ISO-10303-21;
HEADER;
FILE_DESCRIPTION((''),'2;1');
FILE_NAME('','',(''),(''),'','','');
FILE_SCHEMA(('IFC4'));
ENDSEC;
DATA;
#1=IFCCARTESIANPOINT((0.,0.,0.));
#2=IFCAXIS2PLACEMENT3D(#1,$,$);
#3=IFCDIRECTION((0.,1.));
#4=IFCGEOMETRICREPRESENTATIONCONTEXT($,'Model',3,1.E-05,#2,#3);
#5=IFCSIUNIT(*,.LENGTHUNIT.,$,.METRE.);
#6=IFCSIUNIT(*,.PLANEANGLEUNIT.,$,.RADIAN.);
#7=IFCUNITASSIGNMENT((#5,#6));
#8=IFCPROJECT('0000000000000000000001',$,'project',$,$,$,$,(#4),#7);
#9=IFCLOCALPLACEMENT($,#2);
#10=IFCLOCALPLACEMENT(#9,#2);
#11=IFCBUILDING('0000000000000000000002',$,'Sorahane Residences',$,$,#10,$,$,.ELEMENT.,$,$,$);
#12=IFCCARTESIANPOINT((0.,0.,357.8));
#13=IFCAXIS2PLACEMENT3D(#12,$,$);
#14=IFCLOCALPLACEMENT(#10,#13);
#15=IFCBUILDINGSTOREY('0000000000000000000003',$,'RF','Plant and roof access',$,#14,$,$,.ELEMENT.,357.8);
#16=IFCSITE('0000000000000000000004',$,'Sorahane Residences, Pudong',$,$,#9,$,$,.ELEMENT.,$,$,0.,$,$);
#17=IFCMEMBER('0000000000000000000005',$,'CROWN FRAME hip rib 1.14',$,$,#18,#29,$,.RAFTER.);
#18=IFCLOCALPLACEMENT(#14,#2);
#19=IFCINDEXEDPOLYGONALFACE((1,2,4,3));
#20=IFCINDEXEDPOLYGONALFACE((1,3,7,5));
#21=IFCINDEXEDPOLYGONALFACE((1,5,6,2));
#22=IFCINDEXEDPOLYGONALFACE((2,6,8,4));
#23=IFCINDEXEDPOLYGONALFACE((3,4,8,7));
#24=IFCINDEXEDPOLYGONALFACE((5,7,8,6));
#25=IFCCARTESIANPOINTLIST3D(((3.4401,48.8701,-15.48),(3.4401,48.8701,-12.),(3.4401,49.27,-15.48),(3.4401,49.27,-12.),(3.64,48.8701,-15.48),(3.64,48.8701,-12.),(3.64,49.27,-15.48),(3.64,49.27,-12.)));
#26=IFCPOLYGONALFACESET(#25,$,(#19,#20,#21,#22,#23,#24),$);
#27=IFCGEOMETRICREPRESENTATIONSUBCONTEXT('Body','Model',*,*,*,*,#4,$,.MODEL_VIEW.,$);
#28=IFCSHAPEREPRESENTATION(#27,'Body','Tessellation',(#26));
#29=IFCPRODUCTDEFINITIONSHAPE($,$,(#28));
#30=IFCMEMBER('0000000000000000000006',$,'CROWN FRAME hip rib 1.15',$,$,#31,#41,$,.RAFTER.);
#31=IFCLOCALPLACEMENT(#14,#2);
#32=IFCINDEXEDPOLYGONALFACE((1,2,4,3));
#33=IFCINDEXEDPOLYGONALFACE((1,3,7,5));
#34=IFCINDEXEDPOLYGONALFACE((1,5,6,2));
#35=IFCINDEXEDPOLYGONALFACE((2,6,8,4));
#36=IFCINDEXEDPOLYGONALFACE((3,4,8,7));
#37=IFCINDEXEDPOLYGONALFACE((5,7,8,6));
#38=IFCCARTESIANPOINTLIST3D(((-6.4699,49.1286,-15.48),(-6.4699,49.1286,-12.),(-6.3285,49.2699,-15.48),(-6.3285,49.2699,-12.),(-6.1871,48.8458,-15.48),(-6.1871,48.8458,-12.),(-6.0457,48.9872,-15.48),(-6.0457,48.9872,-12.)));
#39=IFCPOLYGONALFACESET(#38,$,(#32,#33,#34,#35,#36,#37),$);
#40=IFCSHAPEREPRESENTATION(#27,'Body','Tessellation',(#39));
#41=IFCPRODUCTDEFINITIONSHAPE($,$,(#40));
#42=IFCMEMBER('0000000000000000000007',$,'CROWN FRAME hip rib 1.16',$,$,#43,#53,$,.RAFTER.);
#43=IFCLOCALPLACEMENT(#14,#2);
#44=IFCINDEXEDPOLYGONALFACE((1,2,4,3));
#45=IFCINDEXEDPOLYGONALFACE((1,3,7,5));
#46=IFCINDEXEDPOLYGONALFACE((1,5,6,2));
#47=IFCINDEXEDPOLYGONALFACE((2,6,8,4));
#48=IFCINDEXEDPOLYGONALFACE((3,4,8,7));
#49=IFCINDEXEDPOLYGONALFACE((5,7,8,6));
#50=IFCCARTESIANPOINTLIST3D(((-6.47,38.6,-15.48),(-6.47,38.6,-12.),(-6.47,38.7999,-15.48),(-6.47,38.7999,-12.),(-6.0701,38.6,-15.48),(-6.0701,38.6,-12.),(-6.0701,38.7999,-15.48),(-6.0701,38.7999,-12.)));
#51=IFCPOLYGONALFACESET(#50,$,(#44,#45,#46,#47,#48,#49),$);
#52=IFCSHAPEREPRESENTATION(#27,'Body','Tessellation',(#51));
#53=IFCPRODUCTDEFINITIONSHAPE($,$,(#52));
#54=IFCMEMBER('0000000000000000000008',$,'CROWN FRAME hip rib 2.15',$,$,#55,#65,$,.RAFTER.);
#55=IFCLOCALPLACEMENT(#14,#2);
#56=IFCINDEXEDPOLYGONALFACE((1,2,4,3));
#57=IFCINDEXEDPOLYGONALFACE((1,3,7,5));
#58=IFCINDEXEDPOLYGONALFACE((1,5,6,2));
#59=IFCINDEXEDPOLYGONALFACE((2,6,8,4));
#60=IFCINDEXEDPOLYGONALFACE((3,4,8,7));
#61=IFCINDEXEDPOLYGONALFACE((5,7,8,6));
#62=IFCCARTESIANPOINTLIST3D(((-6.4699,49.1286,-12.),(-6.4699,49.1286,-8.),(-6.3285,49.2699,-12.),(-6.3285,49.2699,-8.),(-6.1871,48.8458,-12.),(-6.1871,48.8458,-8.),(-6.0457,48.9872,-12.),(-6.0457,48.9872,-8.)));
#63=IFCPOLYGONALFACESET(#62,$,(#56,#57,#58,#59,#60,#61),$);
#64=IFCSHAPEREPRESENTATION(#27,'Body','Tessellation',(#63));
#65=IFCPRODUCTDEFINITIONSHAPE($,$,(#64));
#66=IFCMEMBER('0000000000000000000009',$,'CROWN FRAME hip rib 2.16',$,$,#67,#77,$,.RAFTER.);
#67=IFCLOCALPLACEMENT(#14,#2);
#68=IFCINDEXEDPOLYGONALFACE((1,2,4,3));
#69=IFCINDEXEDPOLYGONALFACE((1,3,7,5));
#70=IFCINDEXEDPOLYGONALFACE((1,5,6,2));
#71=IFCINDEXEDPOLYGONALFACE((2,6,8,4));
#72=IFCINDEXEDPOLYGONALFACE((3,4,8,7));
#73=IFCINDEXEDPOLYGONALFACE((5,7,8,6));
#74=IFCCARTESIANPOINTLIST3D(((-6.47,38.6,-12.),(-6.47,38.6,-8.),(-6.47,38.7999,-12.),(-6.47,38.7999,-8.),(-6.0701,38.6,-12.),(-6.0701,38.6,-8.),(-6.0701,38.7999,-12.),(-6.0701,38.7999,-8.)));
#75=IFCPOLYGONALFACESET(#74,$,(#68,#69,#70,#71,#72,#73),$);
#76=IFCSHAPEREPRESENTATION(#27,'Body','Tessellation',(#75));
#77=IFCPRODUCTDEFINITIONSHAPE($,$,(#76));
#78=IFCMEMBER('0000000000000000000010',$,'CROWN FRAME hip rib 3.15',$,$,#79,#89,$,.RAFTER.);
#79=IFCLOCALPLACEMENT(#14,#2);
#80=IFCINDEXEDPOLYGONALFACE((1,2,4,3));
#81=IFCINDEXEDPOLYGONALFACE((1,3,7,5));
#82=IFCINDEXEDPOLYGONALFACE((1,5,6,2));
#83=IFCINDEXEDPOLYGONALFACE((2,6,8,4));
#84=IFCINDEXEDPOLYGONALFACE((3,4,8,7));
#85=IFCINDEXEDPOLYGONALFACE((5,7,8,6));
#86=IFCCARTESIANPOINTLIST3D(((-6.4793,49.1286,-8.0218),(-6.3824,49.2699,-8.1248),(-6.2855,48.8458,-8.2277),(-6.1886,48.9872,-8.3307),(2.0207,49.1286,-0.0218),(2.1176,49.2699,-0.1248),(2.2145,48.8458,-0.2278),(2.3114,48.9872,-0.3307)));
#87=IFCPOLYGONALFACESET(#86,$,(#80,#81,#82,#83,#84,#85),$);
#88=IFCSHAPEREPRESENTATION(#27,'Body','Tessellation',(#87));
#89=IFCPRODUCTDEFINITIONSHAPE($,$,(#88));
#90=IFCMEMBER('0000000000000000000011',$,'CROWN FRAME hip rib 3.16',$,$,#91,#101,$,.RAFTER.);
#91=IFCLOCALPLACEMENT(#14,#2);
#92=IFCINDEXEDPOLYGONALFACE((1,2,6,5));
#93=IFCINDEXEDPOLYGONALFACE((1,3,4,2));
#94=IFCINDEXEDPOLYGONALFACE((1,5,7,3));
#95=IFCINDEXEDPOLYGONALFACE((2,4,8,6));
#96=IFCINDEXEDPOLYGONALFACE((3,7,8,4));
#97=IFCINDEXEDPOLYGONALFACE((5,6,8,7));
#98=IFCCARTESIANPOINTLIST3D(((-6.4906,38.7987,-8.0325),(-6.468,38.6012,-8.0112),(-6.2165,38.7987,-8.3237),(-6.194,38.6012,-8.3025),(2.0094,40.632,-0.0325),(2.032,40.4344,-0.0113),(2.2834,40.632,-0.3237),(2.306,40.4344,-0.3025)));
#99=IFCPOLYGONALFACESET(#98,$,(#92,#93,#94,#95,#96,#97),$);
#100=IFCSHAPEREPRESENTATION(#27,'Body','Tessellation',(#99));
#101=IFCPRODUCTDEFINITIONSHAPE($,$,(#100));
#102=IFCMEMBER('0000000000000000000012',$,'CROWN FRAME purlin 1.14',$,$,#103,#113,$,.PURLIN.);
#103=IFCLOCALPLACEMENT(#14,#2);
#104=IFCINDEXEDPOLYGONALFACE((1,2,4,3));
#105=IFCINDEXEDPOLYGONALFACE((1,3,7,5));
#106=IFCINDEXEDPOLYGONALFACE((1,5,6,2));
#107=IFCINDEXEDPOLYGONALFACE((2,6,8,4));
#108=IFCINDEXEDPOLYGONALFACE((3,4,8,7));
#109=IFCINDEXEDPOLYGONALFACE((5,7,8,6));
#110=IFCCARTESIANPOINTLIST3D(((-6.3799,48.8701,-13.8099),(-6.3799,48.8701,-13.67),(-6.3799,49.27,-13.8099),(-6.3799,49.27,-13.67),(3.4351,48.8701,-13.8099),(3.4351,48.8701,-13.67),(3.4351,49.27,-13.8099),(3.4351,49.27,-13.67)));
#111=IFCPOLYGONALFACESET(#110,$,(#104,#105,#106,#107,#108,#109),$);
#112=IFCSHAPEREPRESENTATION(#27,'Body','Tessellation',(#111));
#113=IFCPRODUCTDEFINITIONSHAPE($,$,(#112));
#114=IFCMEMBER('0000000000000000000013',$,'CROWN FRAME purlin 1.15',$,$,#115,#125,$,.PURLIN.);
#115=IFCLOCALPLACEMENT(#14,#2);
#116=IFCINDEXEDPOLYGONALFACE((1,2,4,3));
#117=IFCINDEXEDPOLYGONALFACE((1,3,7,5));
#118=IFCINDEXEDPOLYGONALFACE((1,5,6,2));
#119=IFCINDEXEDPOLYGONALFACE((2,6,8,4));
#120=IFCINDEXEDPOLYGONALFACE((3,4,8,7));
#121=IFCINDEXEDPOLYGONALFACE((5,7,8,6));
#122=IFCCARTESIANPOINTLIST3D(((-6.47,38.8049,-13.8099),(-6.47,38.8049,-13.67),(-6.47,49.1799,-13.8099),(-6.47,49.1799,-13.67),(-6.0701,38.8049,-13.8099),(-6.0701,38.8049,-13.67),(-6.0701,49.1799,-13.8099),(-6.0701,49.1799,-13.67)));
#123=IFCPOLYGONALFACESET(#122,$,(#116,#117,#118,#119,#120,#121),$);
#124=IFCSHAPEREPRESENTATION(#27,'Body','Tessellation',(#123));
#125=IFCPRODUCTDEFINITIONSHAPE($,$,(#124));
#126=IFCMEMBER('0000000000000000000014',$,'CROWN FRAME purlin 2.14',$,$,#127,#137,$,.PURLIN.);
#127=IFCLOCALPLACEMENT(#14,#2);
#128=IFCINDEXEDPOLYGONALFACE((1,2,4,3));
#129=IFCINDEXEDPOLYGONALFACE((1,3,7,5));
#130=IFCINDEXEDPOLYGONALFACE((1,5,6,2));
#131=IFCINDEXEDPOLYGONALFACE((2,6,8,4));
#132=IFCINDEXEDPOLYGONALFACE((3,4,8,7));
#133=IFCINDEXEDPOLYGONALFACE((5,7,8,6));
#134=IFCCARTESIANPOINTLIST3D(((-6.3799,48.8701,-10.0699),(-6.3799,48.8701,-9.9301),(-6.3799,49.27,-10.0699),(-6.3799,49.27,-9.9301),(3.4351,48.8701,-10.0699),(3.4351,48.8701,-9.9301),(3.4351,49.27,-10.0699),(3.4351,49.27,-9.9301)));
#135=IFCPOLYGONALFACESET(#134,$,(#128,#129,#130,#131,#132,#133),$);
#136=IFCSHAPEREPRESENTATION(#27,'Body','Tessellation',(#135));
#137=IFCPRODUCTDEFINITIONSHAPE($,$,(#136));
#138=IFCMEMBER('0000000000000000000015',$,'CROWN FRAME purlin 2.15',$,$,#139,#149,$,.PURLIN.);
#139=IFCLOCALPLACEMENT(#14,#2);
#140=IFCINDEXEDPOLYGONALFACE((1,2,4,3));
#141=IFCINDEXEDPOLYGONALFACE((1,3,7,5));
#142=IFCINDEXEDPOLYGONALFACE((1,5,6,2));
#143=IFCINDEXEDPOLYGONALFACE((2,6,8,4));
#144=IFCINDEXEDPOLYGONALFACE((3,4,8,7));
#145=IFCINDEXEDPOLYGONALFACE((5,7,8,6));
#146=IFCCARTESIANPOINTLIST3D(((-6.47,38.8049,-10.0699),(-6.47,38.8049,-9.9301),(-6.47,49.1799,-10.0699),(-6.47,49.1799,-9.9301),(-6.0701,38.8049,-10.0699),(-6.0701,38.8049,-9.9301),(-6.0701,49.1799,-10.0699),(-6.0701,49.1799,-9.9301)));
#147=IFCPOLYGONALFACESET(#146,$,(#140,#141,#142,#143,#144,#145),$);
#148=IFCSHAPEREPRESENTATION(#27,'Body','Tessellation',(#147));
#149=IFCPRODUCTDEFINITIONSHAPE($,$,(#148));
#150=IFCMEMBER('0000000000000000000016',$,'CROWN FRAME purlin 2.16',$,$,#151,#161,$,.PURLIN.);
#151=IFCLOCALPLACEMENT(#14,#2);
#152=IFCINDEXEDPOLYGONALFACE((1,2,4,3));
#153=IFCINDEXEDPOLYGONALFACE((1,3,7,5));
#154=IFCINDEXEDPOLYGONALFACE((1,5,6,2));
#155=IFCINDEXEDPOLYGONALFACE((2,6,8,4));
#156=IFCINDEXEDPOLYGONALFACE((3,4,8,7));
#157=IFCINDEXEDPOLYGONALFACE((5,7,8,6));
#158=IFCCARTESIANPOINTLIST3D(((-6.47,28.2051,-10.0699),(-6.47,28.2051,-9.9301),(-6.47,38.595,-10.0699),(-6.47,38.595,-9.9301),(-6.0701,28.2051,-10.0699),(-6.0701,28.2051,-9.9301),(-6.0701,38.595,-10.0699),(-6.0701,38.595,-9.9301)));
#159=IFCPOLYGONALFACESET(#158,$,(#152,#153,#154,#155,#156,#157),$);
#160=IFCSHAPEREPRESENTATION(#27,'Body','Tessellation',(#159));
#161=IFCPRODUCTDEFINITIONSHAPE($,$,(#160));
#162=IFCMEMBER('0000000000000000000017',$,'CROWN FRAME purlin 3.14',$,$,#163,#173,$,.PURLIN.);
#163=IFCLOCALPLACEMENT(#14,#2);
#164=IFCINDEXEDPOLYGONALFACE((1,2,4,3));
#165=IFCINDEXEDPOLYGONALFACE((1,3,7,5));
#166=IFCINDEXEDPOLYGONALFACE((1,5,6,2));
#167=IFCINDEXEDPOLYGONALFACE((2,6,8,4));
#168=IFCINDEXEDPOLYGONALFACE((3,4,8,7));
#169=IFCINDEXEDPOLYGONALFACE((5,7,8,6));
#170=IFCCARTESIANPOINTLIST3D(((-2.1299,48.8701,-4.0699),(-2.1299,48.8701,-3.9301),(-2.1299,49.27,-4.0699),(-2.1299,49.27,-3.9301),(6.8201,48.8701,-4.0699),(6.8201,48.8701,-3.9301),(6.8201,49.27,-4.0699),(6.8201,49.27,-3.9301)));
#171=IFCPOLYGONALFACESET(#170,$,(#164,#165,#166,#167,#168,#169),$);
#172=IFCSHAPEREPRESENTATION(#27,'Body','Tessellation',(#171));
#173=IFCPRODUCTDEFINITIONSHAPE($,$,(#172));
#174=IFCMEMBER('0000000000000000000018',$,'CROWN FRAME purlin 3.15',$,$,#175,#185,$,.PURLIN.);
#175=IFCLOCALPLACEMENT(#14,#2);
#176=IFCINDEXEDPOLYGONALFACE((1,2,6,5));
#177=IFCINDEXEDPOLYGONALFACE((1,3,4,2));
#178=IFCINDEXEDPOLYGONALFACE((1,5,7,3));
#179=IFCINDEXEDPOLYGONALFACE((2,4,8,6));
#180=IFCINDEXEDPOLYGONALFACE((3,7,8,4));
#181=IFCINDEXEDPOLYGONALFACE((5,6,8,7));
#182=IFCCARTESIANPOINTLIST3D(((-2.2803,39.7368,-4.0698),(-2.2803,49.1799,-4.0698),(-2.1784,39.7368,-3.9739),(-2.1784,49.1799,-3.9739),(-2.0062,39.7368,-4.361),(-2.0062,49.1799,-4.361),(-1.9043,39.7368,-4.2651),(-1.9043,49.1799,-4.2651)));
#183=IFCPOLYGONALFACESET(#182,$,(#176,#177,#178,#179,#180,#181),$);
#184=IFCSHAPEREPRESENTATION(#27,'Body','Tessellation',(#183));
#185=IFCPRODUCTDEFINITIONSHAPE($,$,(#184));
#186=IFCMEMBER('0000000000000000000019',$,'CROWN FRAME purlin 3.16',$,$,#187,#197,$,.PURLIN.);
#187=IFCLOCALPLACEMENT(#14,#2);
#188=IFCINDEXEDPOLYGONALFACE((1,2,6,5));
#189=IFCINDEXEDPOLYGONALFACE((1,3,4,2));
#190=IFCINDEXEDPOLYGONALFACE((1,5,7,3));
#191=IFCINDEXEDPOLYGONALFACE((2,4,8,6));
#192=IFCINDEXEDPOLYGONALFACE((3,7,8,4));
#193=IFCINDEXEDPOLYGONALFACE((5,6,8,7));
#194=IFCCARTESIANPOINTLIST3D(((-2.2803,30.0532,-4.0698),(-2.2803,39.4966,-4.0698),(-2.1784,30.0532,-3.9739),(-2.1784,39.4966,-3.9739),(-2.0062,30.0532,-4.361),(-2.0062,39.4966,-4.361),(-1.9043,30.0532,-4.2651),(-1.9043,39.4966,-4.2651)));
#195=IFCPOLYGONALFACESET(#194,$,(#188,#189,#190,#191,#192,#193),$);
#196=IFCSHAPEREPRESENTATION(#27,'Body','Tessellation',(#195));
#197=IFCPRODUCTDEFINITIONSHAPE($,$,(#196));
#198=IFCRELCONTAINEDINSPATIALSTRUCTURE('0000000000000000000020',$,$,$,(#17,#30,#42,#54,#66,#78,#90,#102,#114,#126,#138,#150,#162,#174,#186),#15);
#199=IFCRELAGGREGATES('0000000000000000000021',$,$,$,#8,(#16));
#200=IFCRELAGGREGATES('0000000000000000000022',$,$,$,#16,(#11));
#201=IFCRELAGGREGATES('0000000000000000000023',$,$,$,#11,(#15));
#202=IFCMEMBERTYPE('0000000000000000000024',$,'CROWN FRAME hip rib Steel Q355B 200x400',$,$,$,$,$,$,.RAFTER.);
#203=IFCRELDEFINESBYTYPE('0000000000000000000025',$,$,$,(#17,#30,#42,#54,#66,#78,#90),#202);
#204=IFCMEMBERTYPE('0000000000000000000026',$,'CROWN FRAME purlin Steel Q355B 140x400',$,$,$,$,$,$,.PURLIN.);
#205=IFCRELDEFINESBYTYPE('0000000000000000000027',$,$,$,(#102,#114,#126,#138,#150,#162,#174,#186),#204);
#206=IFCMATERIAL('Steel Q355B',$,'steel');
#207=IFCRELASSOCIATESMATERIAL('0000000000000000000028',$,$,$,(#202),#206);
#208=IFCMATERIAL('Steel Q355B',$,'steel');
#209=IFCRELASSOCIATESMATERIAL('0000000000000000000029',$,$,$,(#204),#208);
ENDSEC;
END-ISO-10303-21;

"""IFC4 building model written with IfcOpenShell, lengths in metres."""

from ifc_helpers import new_model, si_unit, direction, frame, origin, origin_2d, place, context, subcontext, project, spatial, rectangle, extrude, material, material_profile, profile_set, type_object, element, save


model = new_model("IFC4")

# Units and contexts
model_context = context("Model", 3, precision=1e-05, world=origin(), true_north=direction((0.0, 1.0)))
body_context = subcontext(model_context, "Body", "Model", "MODEL_VIEW")
ifc_project = project(units=[si_unit("LENGTHUNIT", "METRE"), si_unit("PLANEANGLEUNIT", "RADIAN")], contexts=[model_context])

# Site, building, storey
site_placement = place(None, origin())
site = spatial("IfcSite", under=ifc_project, at=site_placement, Name="Sorahane Residences, Pudong", CompositionType="ELEMENT", RefElevation=0.0)
building_placement = place(site_placement, origin())
building = spatial("IfcBuilding", under=site, at=building_placement, Name="Sorahane Residences", CompositionType="ELEMENT")
storey_placement = place(building_placement, frame((0.0, 0.0, 357.8)))
storey = spatial("IfcBuildingStorey", under=building, at=storey_placement, Name="RF", Description="Plant and roof access", CompositionType="ELEMENT", Elevation=357.8)

# Members
ifc_material_1 = material(Name="Steel Q355B", Category="steel")
ifc_material_profile_1 = material_profile(ifc_material_1, rectangle(XDim=0.2, YDim=0.3999, at=origin_2d()), Name="CROWN FRAME hip rib Steel Q355B 200x400")
ifc_profile_set_1 = profile_set([ifc_material_profile_1], Name="Steel Q355B")
member_type_1 = type_object("IfcMemberType", Name="CROWN FRAME hip rib Steel Q355B 200x400", PredefinedType="RAFTER", material=ifc_profile_set_1)
for number, where, z_axis, x_axis, name in (
    (1, (3.54, 49.0701, -15.48), (0.0, 0.0, 1.0), (1.0, 0.0, 0.0), "CROWN FRAME hip rib 1.14"),
    (2, (-6.2578, 49.0579, -15.48), (0.0, 0.0, 1.0), (0.707107, 0.707107, 0.0), "CROWN FRAME hip rib 1.15"),
    (3, (-6.27, 38.7, -15.48), (0.0, 0.0, 1.0), (0.0, 1.0, 0.0), "CROWN FRAME hip rib 1.16"),
):
    element("IfcMember", number, at=place(storey_placement, frame(where, z_axis=z_axis, x_axis=x_axis)), inside=storey, type_object=member_type_1, Name=name, PredefinedType="RAFTER", context=body_context, shape_type="SweptSolid", body=[
        extrude(rectangle(XDim=0.2, YDim=0.3999, at=origin_2d()), origin(), (0.0, 0.0, 1.0), 3.48),
    ])
for number, where, z_axis, x_axis, name in (
    (4, (-6.2578, 49.0579, -12.0), (0.0, 0.0, 1.0), (0.707107, 0.707107, 0.0), "CROWN FRAME hip rib 2.15"),
    (5, (-6.27, 38.7, -12.0), (0.0, 0.0, 1.0), (0.0, 1.0, 0.0), "CROWN FRAME hip rib 2.16"),
):
    element("IfcMember", number, at=place(storey_placement, frame(where, z_axis=z_axis, x_axis=x_axis)), inside=storey, type_object=member_type_1, Name=name, PredefinedType="RAFTER", context=body_context, shape_type="SweptSolid", body=[
        extrude(rectangle(XDim=0.2, YDim=0.3999, at=origin_2d()), origin(), (0.0, 0.0, 1.0), 4.0),
    ])
member_1_placement = place(storey_placement, frame((-6.334, 49.0579, -8.1763), z_axis=(0.7282, 0.0, 0.685365), x_axis=(0.484626, 0.707107, -0.514915)))
element("IfcMember", 6, at=member_1_placement, inside=storey, type_object=member_type_1, Name="CROWN FRAME hip rib 3.15", PredefinedType="RAFTER", context=body_context, shape_type="SweptSolid", body=[
    extrude(rectangle(XDim=0.2, YDim=0.3999, at=origin_2d()), origin(), (0.0, 0.0, 1.0), 11.6726),
])
member_2_placement = place(storey_placement, frame((-6.3423, 38.7, -8.1675), z_axis=(0.719382, 0.155154, 0.677065), x_axis=(-0.112979, 0.98789, -0.106342)))
element("IfcMember", 7, at=member_2_placement, inside=storey, type_object=member_type_1, Name="CROWN FRAME hip rib 3.16", PredefinedType="RAFTER", context=body_context, shape_type="SweptSolid", body=[
    extrude(rectangle(XDim=0.2, YDim=0.3999, at=origin_2d()), origin(), (0.0, 0.0, 1.0), 11.8157),
])
ifc_material_2 = material(Name="Steel Q355B", Category="steel")
ifc_material_profile_2 = material_profile(ifc_material_2, rectangle(XDim=0.1399, YDim=0.3999, at=origin_2d()), Name="CROWN FRAME purlin Steel Q355B 140x400")
ifc_profile_set_2 = profile_set([ifc_material_profile_2], Name="Steel Q355B")
member_type_2 = type_object("IfcMemberType", Name="CROWN FRAME purlin Steel Q355B 140x400", PredefinedType="PURLIN", material=ifc_profile_set_2)
member_3_placement = place(storey_placement, frame((-6.3799, 49.0701, -13.74), z_axis=(1.0, 0.0, 0.0), x_axis=(0.0, 0.0, -1.0)))
element("IfcMember", 8, at=member_3_placement, inside=storey, type_object=member_type_2, Name="CROWN FRAME purlin 1.14", PredefinedType="PURLIN", context=body_context, shape_type="SweptSolid", body=[
    extrude(rectangle(XDim=0.1399, YDim=0.3999, at=origin_2d()), origin(), (0.0, 0.0, 1.0), 9.8149),
])
member_4_placement = place(storey_placement, frame((-6.27, 38.8049, -13.74), z_axis=(0.0, 1.0, 0.0), x_axis=(0.0, 0.0, -1.0)))
element("IfcMember", 9, at=member_4_placement, inside=storey, type_object=member_type_2, Name="CROWN FRAME purlin 1.15", PredefinedType="PURLIN", context=body_context, shape_type="SweptSolid", body=[
    extrude(rectangle(XDim=0.1399, YDim=0.3999, at=origin_2d()), origin(), (0.0, 0.0, 1.0), 10.375),
])
member_5_placement = place(storey_placement, frame((-6.3799, 49.0701, -10.0), z_axis=(1.0, 0.0, 0.0), x_axis=(0.0, 0.0, -1.0)))
element("IfcMember", 10, at=member_5_placement, inside=storey, type_object=member_type_2, Name="CROWN FRAME purlin 2.14", PredefinedType="PURLIN", context=body_context, shape_type="SweptSolid", body=[
    extrude(rectangle(XDim=0.1399, YDim=0.3999, at=origin_2d()), origin(), (0.0, 0.0, 1.0), 9.8149),
])
member_6_placement = place(storey_placement, frame((-6.27, 38.8049, -10.0), z_axis=(0.0, 1.0, 0.0), x_axis=(0.0, 0.0, -1.0)))
element("IfcMember", 11, at=member_6_placement, inside=storey, type_object=member_type_2, Name="CROWN FRAME purlin 2.15", PredefinedType="PURLIN", context=body_context, shape_type="SweptSolid", body=[
    extrude(rectangle(XDim=0.1399, YDim=0.3999, at=origin_2d()), origin(), (0.0, 0.0, 1.0), 10.375),
])
member_7_placement = place(storey_placement, frame((-6.27, 28.2051, -10.0), z_axis=(0.0, 1.0, 0.0), x_axis=(0.0, 0.0, -1.0)))
element("IfcMember", 12, at=member_7_placement, inside=storey, type_object=member_type_2, Name="CROWN FRAME purlin 2.16", PredefinedType="PURLIN", context=body_context, shape_type="SweptSolid", body=[
    extrude(rectangle(XDim=0.1399, YDim=0.3999, at=origin_2d()), origin(), (0.0, 0.0, 1.0), 10.3899),
])
member_8_placement = place(storey_placement, frame((-2.1299, 49.0701, -4.0), z_axis=(1.0, 0.0, 0.0), x_axis=(0.0, 0.0, -1.0)))
element("IfcMember", 13, at=member_8_placement, inside=storey, type_object=member_type_2, Name="CROWN FRAME purlin 3.14", PredefinedType="PURLIN", context=body_context, shape_type="SweptSolid", body=[
    extrude(rectangle(XDim=0.1399, YDim=0.3999, at=origin_2d()), origin(), (0.0, 0.0, 1.0), 8.95),
])
member_9_placement = place(storey_placement, frame((-2.0923, 39.7368, -4.1675), z_axis=(0.0, 1.0, 0.0), x_axis=(-0.7282, 0.0, -0.685365)))
element("IfcMember", 14, at=member_9_placement, inside=storey, type_object=member_type_2, Name="CROWN FRAME purlin 3.15", PredefinedType="PURLIN", context=body_context, shape_type="SweptSolid", body=[
    extrude(rectangle(XDim=0.1399, YDim=0.3999, at=origin_2d()), origin(), (0.0, 0.0, 1.0), 9.4431),
])
member_10_placement = place(storey_placement, frame((-2.0923, 30.0532, -4.1675), z_axis=(0.0, 1.0, 0.0), x_axis=(-0.7282, 0.0, -0.685365)))
element("IfcMember", 15, at=member_10_placement, inside=storey, type_object=member_type_2, Name="CROWN FRAME purlin 3.16", PredefinedType="PURLIN", context=body_context, shape_type="SweptSolid", body=[
    extrude(rectangle(XDim=0.1399, YDim=0.3999, at=origin_2d()), origin(), (0.0, 0.0, 1.0), 9.4434),
])

save(model, "model.ifc")
